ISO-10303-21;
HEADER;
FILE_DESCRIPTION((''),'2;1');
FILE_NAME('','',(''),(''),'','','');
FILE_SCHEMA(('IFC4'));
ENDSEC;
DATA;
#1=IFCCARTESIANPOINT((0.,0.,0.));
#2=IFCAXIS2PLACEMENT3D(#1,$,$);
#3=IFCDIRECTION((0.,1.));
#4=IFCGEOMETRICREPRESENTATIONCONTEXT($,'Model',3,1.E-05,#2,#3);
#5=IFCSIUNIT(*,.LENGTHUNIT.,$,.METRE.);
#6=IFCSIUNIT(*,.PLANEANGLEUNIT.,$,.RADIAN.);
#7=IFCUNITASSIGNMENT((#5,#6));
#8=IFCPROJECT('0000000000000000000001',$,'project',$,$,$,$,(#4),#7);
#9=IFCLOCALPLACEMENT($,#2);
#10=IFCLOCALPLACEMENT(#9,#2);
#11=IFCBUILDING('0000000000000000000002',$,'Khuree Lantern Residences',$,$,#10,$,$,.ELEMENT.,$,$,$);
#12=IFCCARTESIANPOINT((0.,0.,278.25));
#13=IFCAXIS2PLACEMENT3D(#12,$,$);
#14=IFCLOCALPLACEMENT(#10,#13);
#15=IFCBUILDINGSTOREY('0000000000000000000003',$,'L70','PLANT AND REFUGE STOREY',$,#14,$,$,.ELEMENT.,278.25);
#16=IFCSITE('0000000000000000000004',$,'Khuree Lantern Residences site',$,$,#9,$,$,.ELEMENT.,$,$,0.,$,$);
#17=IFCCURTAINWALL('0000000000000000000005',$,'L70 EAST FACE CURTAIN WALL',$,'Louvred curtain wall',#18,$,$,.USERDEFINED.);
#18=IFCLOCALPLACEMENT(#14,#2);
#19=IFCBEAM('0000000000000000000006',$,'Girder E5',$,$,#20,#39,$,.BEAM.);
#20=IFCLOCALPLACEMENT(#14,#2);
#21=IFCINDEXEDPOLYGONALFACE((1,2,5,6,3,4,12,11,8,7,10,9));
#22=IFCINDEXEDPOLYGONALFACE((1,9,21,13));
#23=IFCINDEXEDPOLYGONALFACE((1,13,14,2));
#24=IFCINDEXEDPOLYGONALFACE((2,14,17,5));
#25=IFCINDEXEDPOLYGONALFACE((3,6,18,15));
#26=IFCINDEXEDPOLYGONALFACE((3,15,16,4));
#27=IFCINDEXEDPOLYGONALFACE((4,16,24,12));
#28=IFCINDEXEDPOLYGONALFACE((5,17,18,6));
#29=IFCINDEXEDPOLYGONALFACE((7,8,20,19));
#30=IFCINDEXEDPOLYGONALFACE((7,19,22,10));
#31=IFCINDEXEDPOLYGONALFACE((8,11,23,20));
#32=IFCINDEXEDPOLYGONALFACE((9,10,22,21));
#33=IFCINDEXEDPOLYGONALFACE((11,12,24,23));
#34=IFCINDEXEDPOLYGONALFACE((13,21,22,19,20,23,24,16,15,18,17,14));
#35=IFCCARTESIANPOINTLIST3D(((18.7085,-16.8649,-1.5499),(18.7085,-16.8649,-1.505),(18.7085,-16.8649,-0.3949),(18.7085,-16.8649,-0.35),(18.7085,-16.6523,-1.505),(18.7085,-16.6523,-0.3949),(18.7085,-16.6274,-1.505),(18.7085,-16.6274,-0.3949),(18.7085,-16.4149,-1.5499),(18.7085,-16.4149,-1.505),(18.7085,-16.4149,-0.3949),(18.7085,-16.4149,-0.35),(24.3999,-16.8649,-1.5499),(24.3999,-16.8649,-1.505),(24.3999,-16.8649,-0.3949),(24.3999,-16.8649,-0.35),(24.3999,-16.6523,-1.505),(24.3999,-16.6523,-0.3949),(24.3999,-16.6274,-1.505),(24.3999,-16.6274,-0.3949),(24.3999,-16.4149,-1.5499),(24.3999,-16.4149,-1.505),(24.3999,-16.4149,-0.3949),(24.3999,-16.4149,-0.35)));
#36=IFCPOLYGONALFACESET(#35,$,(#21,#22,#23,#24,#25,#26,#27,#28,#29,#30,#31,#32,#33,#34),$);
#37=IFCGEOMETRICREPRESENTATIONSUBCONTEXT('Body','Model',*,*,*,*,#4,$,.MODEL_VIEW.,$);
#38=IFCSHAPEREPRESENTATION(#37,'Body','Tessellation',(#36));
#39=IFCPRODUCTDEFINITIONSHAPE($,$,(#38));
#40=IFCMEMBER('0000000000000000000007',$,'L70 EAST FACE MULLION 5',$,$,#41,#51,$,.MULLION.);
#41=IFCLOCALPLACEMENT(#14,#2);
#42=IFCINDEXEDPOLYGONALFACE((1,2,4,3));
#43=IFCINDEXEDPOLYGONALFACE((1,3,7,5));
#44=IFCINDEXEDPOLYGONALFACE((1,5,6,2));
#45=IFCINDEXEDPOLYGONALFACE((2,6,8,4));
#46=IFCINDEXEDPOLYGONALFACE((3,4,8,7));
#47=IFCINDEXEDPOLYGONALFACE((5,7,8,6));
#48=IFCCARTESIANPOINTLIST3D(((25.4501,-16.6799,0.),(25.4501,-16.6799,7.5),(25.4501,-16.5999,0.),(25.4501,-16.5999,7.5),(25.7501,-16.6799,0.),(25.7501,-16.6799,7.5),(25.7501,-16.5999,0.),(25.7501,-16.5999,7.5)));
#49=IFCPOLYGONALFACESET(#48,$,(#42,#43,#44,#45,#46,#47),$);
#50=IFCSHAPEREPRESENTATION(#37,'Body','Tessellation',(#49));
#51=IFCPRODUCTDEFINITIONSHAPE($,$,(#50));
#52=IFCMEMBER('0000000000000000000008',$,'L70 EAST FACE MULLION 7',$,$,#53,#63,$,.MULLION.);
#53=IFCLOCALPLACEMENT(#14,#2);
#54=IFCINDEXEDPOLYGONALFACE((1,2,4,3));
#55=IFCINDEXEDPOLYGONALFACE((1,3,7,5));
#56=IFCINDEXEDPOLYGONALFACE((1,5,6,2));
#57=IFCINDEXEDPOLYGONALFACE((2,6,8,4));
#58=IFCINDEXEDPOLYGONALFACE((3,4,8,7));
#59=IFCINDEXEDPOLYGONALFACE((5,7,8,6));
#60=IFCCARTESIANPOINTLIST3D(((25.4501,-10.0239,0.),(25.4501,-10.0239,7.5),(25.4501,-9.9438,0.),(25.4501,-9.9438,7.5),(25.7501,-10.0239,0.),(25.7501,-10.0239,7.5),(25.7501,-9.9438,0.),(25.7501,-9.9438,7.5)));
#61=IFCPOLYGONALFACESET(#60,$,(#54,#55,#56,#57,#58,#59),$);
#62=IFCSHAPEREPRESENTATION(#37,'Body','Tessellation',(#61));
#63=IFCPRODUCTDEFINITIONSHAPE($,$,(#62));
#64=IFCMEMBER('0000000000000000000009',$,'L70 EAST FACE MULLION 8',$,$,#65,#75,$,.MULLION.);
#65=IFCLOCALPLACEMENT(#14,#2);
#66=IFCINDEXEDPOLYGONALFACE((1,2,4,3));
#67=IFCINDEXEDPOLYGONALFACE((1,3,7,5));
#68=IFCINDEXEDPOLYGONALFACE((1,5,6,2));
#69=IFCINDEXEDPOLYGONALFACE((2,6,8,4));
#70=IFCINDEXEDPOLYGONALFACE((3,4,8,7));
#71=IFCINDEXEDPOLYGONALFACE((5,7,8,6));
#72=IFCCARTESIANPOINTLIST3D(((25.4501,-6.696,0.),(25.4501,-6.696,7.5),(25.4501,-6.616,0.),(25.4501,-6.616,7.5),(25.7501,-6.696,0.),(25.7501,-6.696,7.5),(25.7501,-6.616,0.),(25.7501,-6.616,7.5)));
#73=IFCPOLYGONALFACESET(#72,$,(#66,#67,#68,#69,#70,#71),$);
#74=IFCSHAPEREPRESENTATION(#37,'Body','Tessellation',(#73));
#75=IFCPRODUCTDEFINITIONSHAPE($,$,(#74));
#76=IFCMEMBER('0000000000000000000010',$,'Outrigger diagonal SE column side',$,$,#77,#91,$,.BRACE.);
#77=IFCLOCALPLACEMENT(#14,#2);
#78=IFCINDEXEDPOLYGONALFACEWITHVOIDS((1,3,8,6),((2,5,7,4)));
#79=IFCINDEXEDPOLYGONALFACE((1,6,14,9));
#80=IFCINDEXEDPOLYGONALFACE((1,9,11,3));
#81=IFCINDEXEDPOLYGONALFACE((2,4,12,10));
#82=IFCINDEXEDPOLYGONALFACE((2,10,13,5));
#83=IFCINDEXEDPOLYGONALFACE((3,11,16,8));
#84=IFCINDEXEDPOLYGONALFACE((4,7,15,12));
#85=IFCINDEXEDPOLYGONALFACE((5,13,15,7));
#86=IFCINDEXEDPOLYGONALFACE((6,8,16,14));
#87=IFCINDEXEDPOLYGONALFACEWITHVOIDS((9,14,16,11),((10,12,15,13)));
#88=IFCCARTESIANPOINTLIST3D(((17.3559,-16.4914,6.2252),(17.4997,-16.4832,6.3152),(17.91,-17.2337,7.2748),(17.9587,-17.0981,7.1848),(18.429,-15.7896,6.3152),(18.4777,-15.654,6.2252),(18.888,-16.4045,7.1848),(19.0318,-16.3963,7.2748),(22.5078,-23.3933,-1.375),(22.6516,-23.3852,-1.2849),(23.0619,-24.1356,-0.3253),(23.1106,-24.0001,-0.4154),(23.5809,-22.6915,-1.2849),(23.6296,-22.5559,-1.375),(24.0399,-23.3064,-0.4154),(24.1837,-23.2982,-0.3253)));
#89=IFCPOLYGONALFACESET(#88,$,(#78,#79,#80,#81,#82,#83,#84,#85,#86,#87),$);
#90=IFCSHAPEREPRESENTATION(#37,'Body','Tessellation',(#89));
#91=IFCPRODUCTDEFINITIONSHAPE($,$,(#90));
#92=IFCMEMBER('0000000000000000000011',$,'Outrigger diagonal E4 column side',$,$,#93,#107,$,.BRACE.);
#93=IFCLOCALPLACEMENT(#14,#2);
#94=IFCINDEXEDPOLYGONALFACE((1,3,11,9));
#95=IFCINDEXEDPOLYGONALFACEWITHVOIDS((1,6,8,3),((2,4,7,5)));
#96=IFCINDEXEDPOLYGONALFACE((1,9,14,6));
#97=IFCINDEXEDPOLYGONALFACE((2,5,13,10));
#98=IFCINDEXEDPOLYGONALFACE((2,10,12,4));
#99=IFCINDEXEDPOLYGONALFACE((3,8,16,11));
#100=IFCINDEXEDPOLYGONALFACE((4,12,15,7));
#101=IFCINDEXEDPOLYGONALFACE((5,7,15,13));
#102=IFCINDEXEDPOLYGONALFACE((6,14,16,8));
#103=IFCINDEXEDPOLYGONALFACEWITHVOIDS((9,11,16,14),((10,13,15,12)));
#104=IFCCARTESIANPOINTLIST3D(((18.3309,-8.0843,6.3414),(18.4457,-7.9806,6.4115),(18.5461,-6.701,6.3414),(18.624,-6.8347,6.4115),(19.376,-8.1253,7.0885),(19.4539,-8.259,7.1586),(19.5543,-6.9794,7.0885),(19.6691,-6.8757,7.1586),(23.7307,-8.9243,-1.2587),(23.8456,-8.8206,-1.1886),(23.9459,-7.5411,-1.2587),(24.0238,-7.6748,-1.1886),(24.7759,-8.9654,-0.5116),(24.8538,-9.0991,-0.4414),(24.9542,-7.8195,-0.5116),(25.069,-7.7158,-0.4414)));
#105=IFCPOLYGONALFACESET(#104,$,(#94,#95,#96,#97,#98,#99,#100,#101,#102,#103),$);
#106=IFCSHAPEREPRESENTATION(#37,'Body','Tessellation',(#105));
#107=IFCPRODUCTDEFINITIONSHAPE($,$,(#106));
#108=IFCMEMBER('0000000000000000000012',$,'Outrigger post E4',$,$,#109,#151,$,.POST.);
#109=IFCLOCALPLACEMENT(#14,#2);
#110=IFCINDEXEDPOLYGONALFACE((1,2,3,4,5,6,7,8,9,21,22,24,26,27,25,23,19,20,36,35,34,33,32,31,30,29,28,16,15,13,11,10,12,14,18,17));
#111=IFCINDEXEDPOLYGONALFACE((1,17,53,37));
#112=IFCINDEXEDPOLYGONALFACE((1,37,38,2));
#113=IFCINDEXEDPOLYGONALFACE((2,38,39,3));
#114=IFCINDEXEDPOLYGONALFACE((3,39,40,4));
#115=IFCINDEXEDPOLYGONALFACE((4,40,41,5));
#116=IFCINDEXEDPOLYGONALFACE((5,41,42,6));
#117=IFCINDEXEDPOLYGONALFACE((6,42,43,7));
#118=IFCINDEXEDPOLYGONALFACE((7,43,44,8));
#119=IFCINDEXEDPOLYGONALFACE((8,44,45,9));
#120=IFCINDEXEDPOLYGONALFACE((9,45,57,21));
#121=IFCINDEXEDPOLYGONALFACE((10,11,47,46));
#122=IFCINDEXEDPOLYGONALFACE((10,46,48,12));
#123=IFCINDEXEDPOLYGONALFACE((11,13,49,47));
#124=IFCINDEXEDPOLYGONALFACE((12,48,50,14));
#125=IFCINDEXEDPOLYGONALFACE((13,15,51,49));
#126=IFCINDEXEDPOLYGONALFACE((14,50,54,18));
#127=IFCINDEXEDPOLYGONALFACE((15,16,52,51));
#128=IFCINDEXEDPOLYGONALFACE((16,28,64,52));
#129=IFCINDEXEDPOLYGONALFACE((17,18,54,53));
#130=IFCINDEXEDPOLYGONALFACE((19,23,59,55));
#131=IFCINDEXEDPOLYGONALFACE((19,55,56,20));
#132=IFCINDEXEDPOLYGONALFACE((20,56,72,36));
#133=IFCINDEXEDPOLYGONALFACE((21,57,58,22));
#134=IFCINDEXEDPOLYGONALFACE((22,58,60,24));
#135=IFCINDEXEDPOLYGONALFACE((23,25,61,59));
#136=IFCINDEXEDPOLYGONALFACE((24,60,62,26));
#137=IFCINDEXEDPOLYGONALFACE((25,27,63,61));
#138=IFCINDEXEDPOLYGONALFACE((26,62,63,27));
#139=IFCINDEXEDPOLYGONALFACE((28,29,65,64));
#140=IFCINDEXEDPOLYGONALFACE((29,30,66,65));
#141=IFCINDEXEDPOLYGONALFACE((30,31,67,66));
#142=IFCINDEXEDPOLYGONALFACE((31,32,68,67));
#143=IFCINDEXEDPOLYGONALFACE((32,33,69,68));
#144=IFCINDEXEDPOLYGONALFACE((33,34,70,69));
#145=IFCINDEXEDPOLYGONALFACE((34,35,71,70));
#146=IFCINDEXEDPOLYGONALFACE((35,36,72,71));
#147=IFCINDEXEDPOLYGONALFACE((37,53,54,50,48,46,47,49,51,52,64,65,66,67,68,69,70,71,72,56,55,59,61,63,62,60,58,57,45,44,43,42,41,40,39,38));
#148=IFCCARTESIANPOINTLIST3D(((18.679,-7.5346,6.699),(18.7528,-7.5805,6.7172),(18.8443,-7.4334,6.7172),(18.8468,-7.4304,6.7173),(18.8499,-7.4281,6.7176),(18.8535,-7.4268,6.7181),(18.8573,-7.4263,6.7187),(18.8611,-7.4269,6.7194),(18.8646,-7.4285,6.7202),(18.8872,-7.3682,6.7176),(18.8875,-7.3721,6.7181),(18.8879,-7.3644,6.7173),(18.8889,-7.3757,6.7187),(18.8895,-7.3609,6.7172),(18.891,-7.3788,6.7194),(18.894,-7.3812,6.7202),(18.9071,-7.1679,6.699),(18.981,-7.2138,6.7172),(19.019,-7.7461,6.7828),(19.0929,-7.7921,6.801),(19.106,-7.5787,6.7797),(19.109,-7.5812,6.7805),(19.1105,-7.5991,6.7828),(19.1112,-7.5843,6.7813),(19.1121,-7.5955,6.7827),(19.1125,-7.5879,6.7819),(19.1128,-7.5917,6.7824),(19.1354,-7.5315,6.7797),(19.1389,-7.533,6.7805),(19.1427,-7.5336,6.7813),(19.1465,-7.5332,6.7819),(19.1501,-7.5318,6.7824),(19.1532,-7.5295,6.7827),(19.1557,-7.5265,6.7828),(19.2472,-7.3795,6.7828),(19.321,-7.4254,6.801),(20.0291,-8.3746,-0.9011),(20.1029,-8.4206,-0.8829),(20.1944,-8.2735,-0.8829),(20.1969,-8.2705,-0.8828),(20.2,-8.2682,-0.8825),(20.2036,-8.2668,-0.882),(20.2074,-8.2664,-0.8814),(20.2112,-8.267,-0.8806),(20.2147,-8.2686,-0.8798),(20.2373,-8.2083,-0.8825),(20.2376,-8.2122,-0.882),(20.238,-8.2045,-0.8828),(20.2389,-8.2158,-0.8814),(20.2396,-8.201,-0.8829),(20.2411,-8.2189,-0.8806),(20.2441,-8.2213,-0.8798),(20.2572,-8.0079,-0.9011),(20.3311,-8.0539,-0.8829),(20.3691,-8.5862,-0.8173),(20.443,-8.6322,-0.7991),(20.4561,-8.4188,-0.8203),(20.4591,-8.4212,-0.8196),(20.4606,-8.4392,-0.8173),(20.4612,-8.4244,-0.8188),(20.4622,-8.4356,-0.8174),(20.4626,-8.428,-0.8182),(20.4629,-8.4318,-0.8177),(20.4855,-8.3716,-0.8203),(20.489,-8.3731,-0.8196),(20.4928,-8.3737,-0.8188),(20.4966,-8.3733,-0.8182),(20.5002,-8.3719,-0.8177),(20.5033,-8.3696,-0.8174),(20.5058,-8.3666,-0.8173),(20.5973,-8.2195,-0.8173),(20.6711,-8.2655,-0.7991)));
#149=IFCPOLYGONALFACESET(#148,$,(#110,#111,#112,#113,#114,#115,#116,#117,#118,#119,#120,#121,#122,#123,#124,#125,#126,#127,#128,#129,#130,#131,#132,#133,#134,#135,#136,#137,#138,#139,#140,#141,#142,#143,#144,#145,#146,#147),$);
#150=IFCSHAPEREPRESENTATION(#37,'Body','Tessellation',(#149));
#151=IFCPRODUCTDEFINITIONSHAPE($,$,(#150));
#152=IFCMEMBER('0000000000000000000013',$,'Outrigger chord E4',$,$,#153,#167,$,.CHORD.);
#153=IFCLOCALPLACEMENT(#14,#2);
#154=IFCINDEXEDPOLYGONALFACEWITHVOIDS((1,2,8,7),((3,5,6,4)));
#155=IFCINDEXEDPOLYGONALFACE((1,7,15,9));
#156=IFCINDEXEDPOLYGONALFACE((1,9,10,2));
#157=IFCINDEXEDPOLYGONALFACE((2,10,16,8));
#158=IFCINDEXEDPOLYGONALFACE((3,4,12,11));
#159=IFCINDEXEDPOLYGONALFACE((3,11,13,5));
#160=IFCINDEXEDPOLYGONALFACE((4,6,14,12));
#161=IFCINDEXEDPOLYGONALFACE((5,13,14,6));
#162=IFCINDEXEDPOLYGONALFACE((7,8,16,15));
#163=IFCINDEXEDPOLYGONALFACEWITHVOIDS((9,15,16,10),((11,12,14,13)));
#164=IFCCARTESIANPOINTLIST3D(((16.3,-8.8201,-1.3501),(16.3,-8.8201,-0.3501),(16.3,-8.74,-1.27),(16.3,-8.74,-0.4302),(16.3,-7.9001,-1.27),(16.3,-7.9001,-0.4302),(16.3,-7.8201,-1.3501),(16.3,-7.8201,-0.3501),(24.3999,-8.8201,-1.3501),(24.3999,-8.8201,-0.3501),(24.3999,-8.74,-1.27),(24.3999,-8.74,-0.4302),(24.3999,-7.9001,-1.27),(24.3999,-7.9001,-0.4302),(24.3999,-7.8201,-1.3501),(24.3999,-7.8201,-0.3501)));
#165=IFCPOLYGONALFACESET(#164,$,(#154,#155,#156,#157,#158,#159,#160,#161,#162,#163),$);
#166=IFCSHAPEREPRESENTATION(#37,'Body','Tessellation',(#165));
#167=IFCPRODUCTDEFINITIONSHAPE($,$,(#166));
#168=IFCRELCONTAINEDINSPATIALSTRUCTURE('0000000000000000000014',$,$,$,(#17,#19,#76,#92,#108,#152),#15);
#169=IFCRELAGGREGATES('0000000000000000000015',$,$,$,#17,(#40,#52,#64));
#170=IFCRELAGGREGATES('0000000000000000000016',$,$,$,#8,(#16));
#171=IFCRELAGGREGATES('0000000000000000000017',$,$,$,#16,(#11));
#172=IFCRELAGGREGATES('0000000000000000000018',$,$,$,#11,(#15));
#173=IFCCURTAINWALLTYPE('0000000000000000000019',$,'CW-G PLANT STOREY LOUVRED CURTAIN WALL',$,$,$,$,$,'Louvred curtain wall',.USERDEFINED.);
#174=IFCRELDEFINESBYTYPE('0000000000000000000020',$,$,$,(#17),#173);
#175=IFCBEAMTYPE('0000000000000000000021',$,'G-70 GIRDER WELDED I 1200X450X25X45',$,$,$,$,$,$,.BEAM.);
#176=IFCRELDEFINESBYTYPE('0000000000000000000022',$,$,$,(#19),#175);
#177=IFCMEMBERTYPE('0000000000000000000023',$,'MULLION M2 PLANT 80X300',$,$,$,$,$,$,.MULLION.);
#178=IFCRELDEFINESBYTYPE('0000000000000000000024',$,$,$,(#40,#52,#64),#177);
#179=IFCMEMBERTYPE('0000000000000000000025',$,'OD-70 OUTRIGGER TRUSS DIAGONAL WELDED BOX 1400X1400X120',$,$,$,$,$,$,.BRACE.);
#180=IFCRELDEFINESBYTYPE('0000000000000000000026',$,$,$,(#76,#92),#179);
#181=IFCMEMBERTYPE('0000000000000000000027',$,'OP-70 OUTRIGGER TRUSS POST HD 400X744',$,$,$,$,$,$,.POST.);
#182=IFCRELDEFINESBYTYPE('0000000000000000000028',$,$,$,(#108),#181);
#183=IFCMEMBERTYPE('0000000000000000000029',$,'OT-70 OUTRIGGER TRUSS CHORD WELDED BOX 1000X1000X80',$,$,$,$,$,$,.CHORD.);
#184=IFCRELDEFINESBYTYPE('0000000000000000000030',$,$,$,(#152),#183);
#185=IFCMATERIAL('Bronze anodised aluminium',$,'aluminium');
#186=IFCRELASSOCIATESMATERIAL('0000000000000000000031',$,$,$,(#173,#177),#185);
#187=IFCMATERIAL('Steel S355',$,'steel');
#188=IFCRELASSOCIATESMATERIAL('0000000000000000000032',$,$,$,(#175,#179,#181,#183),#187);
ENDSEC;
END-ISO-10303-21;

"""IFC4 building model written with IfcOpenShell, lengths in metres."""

from ifc_helpers import new_model, si_unit, direction, frame, origin, origin_2d, place, context, subcontext, project, spatial, rectangle, hollow_rectangle, i_section, extrude, material, material_profile, profile_set, type_object, element, aggregate, save


model = new_model("IFC4")

# Units and contexts
model_context = context("Model", 3, precision=1e-05, world=origin(), true_north=direction((0.0, 1.0)))
body_context = subcontext(model_context, "Body", "Model", "MODEL_VIEW")
ifc_project = project(units=[si_unit("LENGTHUNIT", "METRE"), si_unit("PLANEANGLEUNIT", "RADIAN")], contexts=[model_context])

# Site, building, storey
site_placement = place(None, origin())
site = spatial("IfcSite", under=ifc_project, at=site_placement, Name="Khuree Lantern Residences site", CompositionType="ELEMENT", RefElevation=0.0)
building_placement = place(site_placement, origin())
building = spatial("IfcBuilding", under=site, at=building_placement, Name="Khuree Lantern Residences", CompositionType="ELEMENT")
storey_placement = place(building_placement, frame((0.0, 0.0, 278.25)))
storey = spatial("IfcBuildingStorey", under=building, at=storey_placement, Name="L70", Description="PLANT AND REFUGE STOREY", CompositionType="ELEMENT", Elevation=278.25)

# Shared definitions
ifc_material_1 = material(Name="Steel S355", Category="steel")

# Curtain wall
ifc_material_2 = material(Name="Bronze anodised aluminium", Category="aluminium")
curtain_wall_type = type_object("IfcCurtainWallType", Name="CW-G PLANT STOREY LOUVRED CURTAIN WALL", ElementType="Louvred curtain wall", PredefinedType="USERDEFINED", material=ifc_material_2)
curtain_wall_placement = place(storey_placement, origin())
curtain_wall = element("IfcCurtainWall", 1, at=curtain_wall_placement, inside=storey, type_object=curtain_wall_type, Name="L70 EAST FACE CURTAIN WALL", ObjectType="Louvred curtain wall", PredefinedType="USERDEFINED")

# Beam
ifc_material_profile_1 = material_profile(ifc_material_1, i_section(OverallWidth=0.45, OverallDepth=1.2, WebThickness=0.0249, FlangeThickness=0.0449, at=origin_2d()), Name="WELDED I 1200X450X25X45")
ifc_profile_set_1 = profile_set([ifc_material_profile_1], Name="Steel S355")
beam_type_1 = type_object("IfcBeamType", Name="G-70 GIRDER WELDED I 1200X450X25X45", PredefinedType="BEAM", material=ifc_profile_set_1)
beam_1_placement = place(storey_placement, frame((24.3999, -16.6399, -0.95), z_axis=(-1.0, 0.0, 0.0), x_axis=(0.0, -1.0, 0.0)))
element("IfcBeam", 2, at=beam_1_placement, inside=storey, type_object=beam_type_1, Name="Girder E5", PredefinedType="BEAM", context=body_context, shape_type="SweptSolid", body=[
    extrude(i_section(OverallWidth=0.45, OverallDepth=1.2, WebThickness=0.0249, FlangeThickness=0.0449, at=origin_2d()), origin(), (0.0, 0.0, 1.0), 5.6914),
])

# Members
ifc_material_profile_2 = material_profile(ifc_material_2, rectangle(XDim=0.0801, YDim=0.3, at=origin_2d()), Name="M2 80X300")
ifc_profile_set_2 = profile_set([ifc_material_profile_2], Name="Bronze anodised aluminium")
member_type_1 = type_object("IfcMemberType", Name="MULLION M2 PLANT 80X300", PredefinedType="MULLION", material=ifc_profile_set_2)
member_1_placement = place(storey_placement, frame((25.6001, -16.6399, 0.0), z_axis=(0.0, 0.0, 1.0), x_axis=(0.0, 1.0, 0.0)))
member_1 = element("IfcMember", 3, at=member_1_placement, type_object=member_type_1, Name="L70 EAST FACE MULLION 5", PredefinedType="MULLION", context=body_context, shape_type="SweptSolid", body=[
    extrude(rectangle(XDim=0.0801, YDim=0.3, at=origin_2d()), origin(), (0.0, 0.0, 1.0), 7.5),
])
member_2_placement = place(storey_placement, frame((25.6001, -9.9839, 0.0), z_axis=(0.0, 0.0, 1.0), x_axis=(0.0, 1.0, 0.0)))
member_2 = element("IfcMember", 4, at=member_2_placement, type_object=member_type_1, Name="L70 EAST FACE MULLION 7", PredefinedType="MULLION", context=body_context, shape_type="SweptSolid", body=[
    extrude(rectangle(XDim=0.0801, YDim=0.3, at=origin_2d()), origin(), (0.0, 0.0, 1.0), 7.5),
])
member_3_placement = place(storey_placement, frame((25.6001, -6.656, 0.0), z_axis=(0.0, 0.0, 1.0), x_axis=(0.0, 1.0, 0.0)))
member_3 = element("IfcMember", 5, at=member_3_placement, type_object=member_type_1, Name="L70 EAST FACE MULLION 8", PredefinedType="MULLION", context=body_context, shape_type="SweptSolid", body=[
    extrude(rectangle(XDim=0.0801, YDim=0.3, at=origin_2d()), origin(), (0.0, 0.0, 1.0), 7.5),
])

# Members
ifc_material_profile_3 = material_profile(ifc_material_1, hollow_rectangle(XDim=1.3999, YDim=1.3999, WallThickness=0.1201, at=origin_2d()), Name="WELDED BOX 1400X1400X120")
ifc_profile_set_3 = profile_set([ifc_material_profile_3], Name="Steel S355")
member_type_2 = type_object("IfcMemberType", Name="OD-70 OUTRIGGER TRUSS DIAGONAL WELDED BOX 1400X1400X120", PredefinedType="BRACE", material=ifc_profile_set_3)
member_4_placement = place(storey_placement, frame((18.1938, -16.4438, 6.75), z_axis=(0.448516, -0.600869, -0.661657), x_axis=(0.801365, 0.598175, 0.0)))
element("IfcMember", 6, at=member_4_placement, inside=storey, type_object=member_type_2, Name="Outrigger diagonal SE column side", PredefinedType="BRACE", context=body_context, shape_type="SweptSolid", body=[
    extrude(hollow_rectangle(XDim=1.3999, YDim=1.3999, WallThickness=0.1201, at=origin_2d()), origin(), (0.0, 0.0, 1.0), 11.4866),
])
member_5_placement = place(storey_placement, frame((19.0, -7.48, 6.75), z_axis=(0.576858, -0.089744, -0.811899), x_axis=(0.153725, 0.988114, 0.0)))
element("IfcMember", 7, at=member_5_placement, inside=storey, type_object=member_type_2, Name="Outrigger diagonal E4 column side", PredefinedType="BRACE", context=body_context, shape_type="SweptSolid", body=[
    extrude(hollow_rectangle(XDim=1.3999, YDim=1.3999, WallThickness=0.1201, at=origin_2d()), origin(), (0.0, 0.0, 1.0), 9.3608),
])
ifc_material_profile_4 = material_profile(ifc_material_1, i_section(OverallWidth=0.4319, OverallDepth=0.498, WebThickness=0.0557, FlangeThickness=0.0889, FilletRadius=0.0149, at=origin_2d()), Name="HD 400X744")
ifc_profile_set_4 = profile_set([ifc_material_profile_4], Name="Steel S355")
member_type_3 = type_object("IfcMemberType", Name="OP-70 OUTRIGGER TRUSS POST HD 400X744", PredefinedType="POST", material=ifc_profile_set_4)
member_6_placement = place(storey_placement, frame((20.3501, -8.3201, -0.8501), z_axis=(-0.173877, 0.108194, 0.978806), x_axis=(-0.528314, -0.849049, 0.0)))
element("IfcMember", 8, at=member_6_placement, inside=storey, type_object=member_type_3, Name="Outrigger post E4", PredefinedType="POST", context=body_context, shape_type="SweptSolid", body=[
    extrude(i_section(OverallWidth=0.4319, OverallDepth=0.498, WebThickness=0.0557, FlangeThickness=0.0889, FilletRadius=0.0149, at=origin_2d()), origin(), (0.0, 0.0, 1.0), 7.7646),
])
ifc_material_profile_5 = material_profile(ifc_material_1, hollow_rectangle(XDim=1.0, YDim=1.0, WallThickness=0.0801, at=origin_2d()), Name="WELDED BOX 1000X1000X80")
ifc_profile_set_5 = profile_set([ifc_material_profile_5], Name="Steel S355")
member_type_4 = type_object("IfcMemberType", Name="OT-70 OUTRIGGER TRUSS CHORD WELDED BOX 1000X1000X80", PredefinedType="CHORD", material=ifc_profile_set_5)
member_7_placement = place(storey_placement, frame((24.3999, -8.3201, -0.8501), z_axis=(-1.0, 0.0, 0.0), x_axis=(0.0, -1.0, 0.0)))
element("IfcMember", 9, at=member_7_placement, inside=storey, type_object=member_type_4, Name="Outrigger chord E4", PredefinedType="CHORD", context=body_context, shape_type="SweptSolid", body=[
    extrude(hollow_rectangle(XDim=1.0, YDim=1.0, WallThickness=0.0801, at=origin_2d()), origin(), (0.0, 0.0, 1.0), 8.0999),
])

aggregate(curtain_wall, [member_1, member_2, member_3])

save(model, "model.ifc")
